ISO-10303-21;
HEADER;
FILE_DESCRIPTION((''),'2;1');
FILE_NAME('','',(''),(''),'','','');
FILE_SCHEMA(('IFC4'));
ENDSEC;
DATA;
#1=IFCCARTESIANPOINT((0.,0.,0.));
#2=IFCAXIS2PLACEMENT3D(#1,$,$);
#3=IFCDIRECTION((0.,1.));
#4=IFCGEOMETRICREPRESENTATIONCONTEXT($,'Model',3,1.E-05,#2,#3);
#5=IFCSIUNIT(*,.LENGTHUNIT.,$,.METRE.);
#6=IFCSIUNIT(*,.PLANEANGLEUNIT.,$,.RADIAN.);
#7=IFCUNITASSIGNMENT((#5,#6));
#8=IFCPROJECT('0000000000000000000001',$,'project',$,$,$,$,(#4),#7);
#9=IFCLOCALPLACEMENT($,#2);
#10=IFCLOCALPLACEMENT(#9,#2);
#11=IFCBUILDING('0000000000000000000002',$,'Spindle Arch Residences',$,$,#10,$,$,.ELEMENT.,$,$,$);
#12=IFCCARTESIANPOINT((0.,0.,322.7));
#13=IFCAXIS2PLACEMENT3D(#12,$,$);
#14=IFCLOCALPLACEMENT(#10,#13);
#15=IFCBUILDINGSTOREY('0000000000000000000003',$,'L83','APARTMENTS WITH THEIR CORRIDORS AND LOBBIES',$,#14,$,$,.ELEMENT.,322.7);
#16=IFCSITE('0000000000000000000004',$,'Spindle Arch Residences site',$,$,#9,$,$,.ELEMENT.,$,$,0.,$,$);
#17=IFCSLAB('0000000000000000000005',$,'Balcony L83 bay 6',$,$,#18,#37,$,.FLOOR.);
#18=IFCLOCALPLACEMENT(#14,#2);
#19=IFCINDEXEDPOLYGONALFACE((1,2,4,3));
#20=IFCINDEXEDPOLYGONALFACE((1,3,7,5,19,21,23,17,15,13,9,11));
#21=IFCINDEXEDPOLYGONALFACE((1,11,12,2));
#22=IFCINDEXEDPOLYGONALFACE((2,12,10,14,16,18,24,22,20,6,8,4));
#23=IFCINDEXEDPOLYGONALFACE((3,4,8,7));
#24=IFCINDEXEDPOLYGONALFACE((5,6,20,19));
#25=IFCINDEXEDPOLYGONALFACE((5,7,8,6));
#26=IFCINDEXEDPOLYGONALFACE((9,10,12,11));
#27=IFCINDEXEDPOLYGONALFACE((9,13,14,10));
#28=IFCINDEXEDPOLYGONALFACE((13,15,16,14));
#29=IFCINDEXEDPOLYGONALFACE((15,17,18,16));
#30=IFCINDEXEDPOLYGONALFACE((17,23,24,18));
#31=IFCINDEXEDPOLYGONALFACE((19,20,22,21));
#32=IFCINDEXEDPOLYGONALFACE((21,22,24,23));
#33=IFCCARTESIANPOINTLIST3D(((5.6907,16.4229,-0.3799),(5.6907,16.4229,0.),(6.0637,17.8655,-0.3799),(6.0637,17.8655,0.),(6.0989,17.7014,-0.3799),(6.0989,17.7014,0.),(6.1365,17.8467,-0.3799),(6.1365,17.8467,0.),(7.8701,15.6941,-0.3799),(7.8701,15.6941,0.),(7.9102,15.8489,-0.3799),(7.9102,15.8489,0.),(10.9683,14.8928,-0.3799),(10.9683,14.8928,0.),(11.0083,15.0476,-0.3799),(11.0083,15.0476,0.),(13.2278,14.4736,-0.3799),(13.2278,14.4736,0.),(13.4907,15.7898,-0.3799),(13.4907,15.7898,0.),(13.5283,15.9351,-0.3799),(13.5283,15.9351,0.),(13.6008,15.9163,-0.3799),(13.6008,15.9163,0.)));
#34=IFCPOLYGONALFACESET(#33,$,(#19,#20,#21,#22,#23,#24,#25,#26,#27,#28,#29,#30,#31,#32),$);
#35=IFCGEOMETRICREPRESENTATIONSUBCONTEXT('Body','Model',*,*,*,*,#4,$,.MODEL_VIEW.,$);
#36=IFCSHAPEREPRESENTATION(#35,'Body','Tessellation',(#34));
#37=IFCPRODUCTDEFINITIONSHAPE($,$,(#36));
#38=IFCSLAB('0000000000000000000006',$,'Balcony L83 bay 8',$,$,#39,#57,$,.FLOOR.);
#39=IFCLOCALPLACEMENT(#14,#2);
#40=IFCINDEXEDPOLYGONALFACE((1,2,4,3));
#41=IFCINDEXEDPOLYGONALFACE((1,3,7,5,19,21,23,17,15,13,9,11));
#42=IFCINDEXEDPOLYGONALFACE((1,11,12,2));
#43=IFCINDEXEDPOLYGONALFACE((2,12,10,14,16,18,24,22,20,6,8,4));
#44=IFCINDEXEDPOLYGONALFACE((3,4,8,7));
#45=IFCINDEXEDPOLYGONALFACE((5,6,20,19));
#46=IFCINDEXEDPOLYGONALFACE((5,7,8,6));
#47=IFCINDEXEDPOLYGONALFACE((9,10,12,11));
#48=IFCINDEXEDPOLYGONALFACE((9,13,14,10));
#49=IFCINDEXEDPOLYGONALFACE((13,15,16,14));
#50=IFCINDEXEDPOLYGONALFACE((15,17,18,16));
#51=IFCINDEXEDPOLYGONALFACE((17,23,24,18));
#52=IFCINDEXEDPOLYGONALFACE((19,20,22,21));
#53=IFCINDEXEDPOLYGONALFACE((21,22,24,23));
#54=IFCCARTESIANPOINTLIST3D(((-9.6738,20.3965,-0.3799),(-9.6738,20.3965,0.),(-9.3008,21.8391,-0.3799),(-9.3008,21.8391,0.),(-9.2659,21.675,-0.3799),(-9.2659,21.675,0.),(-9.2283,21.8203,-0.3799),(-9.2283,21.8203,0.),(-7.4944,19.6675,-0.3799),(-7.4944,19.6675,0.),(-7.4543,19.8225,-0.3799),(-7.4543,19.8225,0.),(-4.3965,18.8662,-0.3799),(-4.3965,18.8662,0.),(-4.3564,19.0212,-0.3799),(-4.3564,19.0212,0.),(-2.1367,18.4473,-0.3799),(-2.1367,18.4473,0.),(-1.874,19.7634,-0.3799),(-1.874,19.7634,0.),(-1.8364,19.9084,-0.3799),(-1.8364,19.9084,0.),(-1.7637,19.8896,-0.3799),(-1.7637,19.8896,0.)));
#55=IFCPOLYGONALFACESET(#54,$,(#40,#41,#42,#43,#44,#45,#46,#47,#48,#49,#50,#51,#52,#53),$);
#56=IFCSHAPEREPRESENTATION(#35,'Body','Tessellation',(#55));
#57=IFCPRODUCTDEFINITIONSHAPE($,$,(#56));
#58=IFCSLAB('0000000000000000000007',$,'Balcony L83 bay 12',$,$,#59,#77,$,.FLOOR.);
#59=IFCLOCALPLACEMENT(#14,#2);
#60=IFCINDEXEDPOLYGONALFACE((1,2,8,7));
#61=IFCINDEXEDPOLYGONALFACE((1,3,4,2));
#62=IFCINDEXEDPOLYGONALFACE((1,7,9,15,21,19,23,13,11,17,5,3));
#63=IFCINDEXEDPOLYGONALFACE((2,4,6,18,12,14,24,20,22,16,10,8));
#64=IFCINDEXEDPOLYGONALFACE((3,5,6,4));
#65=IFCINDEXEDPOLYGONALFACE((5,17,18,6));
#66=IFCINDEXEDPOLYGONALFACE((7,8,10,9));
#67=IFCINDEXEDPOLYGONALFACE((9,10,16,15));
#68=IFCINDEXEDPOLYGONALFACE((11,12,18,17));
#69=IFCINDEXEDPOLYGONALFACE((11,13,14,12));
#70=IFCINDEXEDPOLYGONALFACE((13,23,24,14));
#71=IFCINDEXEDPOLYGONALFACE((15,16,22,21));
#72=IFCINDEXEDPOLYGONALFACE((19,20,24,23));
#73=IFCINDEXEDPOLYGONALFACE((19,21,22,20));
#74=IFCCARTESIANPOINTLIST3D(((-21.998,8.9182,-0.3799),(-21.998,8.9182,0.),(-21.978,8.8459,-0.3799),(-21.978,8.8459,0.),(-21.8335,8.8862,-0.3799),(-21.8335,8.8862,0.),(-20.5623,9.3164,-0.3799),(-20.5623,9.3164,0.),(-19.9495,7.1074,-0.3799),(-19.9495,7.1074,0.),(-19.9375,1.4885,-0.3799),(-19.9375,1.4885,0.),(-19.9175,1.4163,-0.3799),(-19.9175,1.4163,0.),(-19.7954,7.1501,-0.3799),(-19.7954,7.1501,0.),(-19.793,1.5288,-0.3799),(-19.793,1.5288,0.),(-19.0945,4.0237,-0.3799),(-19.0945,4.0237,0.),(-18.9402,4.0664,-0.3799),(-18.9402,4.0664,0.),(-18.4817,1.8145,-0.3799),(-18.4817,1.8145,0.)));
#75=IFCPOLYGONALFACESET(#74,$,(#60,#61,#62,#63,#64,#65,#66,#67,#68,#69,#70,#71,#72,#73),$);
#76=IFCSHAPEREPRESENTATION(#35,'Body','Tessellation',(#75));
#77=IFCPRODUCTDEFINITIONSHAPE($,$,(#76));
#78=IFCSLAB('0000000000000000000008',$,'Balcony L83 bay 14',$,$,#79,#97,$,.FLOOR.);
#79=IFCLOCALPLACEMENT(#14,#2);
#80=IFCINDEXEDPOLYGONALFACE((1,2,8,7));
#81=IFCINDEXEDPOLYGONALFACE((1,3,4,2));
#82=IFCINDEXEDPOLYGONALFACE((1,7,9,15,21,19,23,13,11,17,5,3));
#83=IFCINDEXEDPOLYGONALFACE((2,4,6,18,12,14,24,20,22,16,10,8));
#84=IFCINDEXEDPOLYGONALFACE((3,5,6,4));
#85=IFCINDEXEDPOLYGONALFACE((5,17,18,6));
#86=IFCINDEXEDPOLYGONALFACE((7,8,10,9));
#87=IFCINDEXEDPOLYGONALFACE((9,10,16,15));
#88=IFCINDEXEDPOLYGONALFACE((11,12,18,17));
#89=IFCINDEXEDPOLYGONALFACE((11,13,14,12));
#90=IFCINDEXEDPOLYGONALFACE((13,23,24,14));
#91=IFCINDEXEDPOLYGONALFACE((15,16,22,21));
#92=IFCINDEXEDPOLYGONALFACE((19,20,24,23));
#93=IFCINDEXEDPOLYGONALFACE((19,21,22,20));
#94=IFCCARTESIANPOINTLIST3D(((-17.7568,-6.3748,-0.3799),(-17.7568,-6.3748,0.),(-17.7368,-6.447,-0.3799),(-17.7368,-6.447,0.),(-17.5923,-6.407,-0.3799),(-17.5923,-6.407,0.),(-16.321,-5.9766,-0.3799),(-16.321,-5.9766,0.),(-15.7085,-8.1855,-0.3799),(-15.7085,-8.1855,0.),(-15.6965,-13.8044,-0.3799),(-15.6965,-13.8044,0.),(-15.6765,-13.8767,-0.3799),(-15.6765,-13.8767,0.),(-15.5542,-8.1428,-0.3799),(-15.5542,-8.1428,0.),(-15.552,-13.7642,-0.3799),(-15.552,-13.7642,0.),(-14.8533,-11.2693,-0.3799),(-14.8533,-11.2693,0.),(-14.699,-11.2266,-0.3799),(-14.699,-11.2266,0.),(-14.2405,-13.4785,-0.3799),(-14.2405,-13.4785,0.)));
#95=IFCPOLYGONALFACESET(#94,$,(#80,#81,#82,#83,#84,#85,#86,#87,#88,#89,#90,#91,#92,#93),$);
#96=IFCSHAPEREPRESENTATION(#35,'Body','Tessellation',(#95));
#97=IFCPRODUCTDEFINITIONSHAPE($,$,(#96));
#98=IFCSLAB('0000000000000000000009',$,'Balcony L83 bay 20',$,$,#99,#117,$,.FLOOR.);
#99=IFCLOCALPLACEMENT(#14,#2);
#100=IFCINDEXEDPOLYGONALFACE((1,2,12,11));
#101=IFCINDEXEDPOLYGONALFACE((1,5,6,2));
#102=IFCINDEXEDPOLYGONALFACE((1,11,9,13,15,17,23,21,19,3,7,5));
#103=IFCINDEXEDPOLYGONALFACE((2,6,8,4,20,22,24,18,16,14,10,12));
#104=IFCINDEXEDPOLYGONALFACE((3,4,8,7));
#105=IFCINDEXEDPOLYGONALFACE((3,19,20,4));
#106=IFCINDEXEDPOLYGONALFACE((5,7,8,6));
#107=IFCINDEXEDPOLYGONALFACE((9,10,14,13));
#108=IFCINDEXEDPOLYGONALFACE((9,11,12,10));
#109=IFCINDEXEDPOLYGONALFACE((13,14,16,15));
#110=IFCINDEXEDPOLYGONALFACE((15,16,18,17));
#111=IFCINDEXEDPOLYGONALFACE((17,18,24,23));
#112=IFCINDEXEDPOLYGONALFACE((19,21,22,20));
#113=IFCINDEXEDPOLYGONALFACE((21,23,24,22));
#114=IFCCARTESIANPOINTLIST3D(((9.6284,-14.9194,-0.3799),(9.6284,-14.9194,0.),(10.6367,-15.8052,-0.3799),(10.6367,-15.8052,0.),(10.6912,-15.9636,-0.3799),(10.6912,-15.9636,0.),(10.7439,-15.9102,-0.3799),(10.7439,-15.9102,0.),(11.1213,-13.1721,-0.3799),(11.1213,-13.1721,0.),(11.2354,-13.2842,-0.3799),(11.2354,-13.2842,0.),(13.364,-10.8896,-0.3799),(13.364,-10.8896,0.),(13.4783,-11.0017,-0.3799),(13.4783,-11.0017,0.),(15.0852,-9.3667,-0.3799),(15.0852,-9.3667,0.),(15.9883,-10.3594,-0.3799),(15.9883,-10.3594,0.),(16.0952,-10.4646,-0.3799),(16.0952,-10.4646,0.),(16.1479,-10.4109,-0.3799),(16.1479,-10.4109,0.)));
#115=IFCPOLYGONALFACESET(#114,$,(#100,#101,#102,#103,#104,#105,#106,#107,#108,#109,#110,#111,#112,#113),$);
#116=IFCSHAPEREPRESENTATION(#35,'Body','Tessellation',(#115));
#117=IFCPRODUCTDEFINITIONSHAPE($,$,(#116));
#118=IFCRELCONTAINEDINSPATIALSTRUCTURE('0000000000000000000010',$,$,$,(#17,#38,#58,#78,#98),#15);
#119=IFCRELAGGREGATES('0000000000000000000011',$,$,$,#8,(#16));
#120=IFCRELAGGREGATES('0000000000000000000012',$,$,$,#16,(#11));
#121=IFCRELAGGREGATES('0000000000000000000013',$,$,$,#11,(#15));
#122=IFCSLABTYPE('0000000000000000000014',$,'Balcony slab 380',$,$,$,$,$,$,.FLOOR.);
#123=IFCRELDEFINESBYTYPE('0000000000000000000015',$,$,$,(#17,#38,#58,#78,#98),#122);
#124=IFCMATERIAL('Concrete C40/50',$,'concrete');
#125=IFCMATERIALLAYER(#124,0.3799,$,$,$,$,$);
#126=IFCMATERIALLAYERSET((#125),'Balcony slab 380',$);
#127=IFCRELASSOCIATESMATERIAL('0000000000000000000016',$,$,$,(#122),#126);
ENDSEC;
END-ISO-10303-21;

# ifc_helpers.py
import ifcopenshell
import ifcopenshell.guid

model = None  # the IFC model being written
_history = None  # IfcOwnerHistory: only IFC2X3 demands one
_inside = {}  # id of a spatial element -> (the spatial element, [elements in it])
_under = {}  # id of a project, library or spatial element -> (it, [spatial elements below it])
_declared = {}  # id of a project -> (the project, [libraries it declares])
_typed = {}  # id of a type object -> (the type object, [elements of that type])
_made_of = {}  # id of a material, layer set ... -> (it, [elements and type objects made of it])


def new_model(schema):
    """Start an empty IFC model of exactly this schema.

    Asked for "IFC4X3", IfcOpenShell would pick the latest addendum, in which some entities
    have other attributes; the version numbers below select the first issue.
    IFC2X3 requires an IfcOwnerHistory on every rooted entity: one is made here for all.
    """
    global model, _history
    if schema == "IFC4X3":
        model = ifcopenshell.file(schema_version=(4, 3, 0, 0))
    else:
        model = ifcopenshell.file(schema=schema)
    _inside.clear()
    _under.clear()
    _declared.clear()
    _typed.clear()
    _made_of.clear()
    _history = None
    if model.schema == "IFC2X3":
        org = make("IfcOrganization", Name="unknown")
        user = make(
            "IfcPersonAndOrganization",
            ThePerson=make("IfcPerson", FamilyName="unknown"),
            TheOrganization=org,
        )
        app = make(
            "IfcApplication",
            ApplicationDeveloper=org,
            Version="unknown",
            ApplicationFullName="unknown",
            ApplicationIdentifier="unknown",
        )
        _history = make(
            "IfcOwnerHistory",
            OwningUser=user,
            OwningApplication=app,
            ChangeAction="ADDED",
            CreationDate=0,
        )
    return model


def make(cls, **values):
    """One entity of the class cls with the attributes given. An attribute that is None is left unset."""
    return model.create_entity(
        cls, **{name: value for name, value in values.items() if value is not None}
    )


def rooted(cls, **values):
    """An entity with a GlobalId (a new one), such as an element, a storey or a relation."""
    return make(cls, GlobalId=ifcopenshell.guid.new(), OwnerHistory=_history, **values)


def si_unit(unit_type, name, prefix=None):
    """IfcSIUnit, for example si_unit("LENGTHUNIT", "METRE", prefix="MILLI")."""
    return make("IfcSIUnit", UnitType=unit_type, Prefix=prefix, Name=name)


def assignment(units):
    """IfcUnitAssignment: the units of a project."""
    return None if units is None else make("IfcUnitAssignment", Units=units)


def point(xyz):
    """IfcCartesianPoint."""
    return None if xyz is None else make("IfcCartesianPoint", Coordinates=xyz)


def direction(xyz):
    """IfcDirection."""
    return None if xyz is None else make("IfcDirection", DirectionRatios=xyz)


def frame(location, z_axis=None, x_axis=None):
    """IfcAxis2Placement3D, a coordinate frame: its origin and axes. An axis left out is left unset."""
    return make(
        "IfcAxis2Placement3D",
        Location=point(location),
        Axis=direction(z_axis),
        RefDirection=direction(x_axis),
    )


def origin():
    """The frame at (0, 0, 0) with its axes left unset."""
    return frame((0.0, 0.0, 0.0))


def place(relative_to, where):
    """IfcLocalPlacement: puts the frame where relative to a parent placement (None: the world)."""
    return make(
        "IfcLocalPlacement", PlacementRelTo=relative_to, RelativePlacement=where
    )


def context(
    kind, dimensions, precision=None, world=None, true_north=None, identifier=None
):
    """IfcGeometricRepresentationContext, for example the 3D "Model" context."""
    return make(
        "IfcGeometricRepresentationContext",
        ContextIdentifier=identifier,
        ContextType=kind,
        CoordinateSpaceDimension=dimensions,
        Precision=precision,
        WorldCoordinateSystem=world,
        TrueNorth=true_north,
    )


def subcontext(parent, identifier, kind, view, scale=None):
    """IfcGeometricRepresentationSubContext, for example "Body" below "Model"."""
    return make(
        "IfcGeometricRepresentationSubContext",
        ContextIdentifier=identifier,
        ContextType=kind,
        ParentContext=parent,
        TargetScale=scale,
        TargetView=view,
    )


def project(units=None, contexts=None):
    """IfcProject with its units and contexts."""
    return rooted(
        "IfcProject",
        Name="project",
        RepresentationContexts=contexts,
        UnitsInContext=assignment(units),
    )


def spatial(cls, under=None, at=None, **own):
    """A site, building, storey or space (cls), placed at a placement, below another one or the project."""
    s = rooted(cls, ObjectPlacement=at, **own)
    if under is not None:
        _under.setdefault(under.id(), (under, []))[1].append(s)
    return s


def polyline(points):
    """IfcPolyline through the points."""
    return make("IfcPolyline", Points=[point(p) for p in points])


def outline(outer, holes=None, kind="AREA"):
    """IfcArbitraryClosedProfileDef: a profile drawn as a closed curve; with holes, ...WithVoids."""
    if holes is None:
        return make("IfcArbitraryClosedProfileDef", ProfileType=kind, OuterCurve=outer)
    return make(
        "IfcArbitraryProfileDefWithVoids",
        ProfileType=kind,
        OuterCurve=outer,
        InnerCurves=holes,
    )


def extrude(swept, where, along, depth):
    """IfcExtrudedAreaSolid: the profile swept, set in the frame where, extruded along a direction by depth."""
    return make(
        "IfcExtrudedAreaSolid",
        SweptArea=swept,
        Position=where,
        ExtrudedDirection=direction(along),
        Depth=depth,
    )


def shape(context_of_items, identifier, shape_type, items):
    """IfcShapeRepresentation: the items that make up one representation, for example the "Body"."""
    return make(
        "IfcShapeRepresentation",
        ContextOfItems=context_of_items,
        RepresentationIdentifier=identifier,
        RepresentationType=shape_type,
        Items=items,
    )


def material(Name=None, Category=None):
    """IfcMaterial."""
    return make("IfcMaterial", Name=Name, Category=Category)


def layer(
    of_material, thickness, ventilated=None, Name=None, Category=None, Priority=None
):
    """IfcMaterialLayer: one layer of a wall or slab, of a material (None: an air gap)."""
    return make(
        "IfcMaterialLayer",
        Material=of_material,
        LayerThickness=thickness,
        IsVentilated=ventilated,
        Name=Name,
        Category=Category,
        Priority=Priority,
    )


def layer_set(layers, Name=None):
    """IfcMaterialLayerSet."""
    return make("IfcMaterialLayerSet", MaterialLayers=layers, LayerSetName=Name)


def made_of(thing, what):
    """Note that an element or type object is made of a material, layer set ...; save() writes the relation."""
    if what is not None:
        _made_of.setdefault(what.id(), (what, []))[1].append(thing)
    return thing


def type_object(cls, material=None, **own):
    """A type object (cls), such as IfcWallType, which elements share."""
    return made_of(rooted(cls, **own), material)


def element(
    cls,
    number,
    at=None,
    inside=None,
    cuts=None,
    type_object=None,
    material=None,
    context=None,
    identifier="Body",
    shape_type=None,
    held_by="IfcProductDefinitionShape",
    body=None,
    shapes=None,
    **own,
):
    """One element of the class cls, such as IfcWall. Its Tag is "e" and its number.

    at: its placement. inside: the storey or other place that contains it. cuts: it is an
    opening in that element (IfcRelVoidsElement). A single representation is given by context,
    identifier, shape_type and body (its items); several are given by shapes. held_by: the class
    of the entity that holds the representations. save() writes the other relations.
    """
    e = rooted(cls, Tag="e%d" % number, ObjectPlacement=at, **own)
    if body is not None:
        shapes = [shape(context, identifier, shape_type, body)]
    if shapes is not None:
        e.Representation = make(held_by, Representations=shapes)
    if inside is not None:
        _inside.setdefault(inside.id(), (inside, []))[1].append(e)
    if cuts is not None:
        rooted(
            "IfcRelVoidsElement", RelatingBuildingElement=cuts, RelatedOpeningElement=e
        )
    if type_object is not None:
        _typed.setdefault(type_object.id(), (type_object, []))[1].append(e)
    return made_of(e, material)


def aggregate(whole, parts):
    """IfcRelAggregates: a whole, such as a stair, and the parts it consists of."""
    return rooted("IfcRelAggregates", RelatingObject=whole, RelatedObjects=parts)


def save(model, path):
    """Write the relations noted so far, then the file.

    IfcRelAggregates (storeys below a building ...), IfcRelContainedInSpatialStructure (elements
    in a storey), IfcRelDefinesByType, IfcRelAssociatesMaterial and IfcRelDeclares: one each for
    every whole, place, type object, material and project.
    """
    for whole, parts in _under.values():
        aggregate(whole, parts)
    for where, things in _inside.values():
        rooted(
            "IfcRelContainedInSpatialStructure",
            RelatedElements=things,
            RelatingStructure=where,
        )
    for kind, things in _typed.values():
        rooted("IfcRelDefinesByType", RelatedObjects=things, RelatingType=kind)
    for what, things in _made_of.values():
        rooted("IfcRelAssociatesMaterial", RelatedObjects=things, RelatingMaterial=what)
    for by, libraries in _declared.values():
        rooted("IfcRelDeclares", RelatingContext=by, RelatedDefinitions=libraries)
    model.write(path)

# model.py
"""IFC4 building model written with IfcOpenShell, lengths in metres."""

from ifc_helpers import new_model, si_unit, direction, frame, origin, place, context, subcontext, project, spatial, polyline, outline, extrude, material, layer, layer_set, type_object, element, save


model = new_model("IFC4")

# Units and contexts
model_context = context("Model", 3, precision=1e-05, world=origin(), true_north=direction((0.0, 1.0)))
body_context = subcontext(model_context, "Body", "Model", "MODEL_VIEW")
ifc_project = project(units=[si_unit("LENGTHUNIT", "METRE"), si_unit("PLANEANGLEUNIT", "RADIAN")], contexts=[model_context])

# Site, building, storey
site_placement = place(None, origin())
site = spatial("IfcSite", under=ifc_project, at=site_placement, Name="Spindle Arch Residences site", CompositionType="ELEMENT", RefElevation=0.0)
building_placement = place(site_placement, origin())
building = spatial("IfcBuilding", under=site, at=building_placement, Name="Spindle Arch Residences", CompositionType="ELEMENT")
storey_placement = place(building_placement, frame((0.0, 0.0, 322.7)))
storey = spatial("IfcBuildingStorey", under=building, at=storey_placement, Name="L83", Description="APARTMENTS WITH THEIR CORRIDORS AND LOBBIES", CompositionType="ELEMENT", Elevation=322.7)

# Slabs
ifc_material_1 = material(Name="Concrete C40/50", Category="concrete")
ifc_layer_1 = layer(ifc_material_1, 0.3799)
ifc_layer_set_1 = layer_set([ifc_layer_1], Name="Balcony slab 380")
slab_type_1 = type_object("IfcSlabType", Name="Balcony slab 380", PredefinedType="FLOOR", material=ifc_layer_set_1)
slab_1_placement = place(storey_placement, frame((0.0, 0.0, -0.3799)))
element("IfcSlab", 1, at=slab_1_placement, inside=storey, type_object=slab_type_1, Name="Balcony L83 bay 6", PredefinedType="FLOOR", context=body_context, shape_type="SweptSolid", body=[
    extrude(outline(polyline([(13.6008, 15.9163), (13.5283, 15.9351), (13.4907, 15.7898), (6.0989, 17.7014), (6.1365, 17.8467), (6.0637, 17.8655), (5.6907, 16.4229), (7.9102, 15.8489), (7.8701, 15.6941), (10.9683, 14.8928), (11.0083, 15.0476), (13.2278, 14.4736), (13.6008, 15.9163)])), origin(), (0.0, 0.0, 1.0), 0.3799),
])
slab_2_placement = place(storey_placement, frame((0.0, 0.0, -0.3799)))
element("IfcSlab", 2, at=slab_2_placement, inside=storey, type_object=slab_type_1, Name="Balcony L83 bay 8", PredefinedType="FLOOR", context=body_context, shape_type="SweptSolid", body=[
    extrude(outline(polyline([(-1.7637, 19.8896), (-1.8364, 19.9084), (-1.874, 19.7634), (-9.2659, 21.675), (-9.2283, 21.8203), (-9.3008, 21.8391), (-9.6738, 20.3965), (-7.4543, 19.8225), (-7.4944, 19.6675), (-4.3965, 18.8662), (-4.3564, 19.0212), (-2.1367, 18.4473), (-1.7637, 19.8896)])), origin(), (0.0, 0.0, 1.0), 0.3799),
])
slab_3_placement = place(storey_placement, frame((0.0, 0.0, -0.3799)))
element("IfcSlab", 3, at=slab_3_placement, inside=storey, type_object=slab_type_1, Name="Balcony L83 bay 12", PredefinedType="FLOOR", context=body_context, shape_type="SweptSolid", body=[
    extrude(outline(polyline([(-21.998, 8.9182), (-21.978, 8.8459), (-21.8335, 8.8862), (-19.793, 1.5288), (-19.9375, 1.4885), (-19.9175, 1.4163), (-18.4817, 1.8145), (-19.0945, 4.0237), (-18.9402, 4.0664), (-19.7954, 7.1501), (-19.9495, 7.1074), (-20.5623, 9.3164), (-21.998, 8.9182)])), origin(), (0.0, 0.0, 1.0), 0.3799),
])
slab_4_placement = place(storey_placement, frame((0.0, 0.0, -0.3799)))
element("IfcSlab", 4, at=slab_4_placement, inside=storey, type_object=slab_type_1, Name="Balcony L83 bay 14", PredefinedType="FLOOR", context=body_context, shape_type="SweptSolid", body=[
    extrude(outline(polyline([(-17.7568, -6.3748), (-17.7368, -6.447), (-17.5923, -6.407), (-15.552, -13.7642), (-15.6965, -13.8044), (-15.6765, -13.8767), (-14.2405, -13.4785), (-14.8533, -11.2693), (-14.699, -11.2266), (-15.5542, -8.1428), (-15.7085, -8.1855), (-16.321, -5.9766), (-17.7568, -6.3748)])), origin(), (0.0, 0.0, 1.0), 0.3799),
])
slab_5_placement = place(storey_placement, frame((0.0, 0.0, -0.3799)))
element("IfcSlab", 5, at=slab_5_placement, inside=storey, type_object=slab_type_1, Name="Balcony L83 bay 20", PredefinedType="FLOOR", context=body_context, shape_type="SweptSolid", body=[
    extrude(outline(polyline([(10.6912, -15.9636), (10.7439, -15.9102), (10.6367, -15.8052), (15.9883, -10.3594), (16.0952, -10.4646), (16.1479, -10.4109), (15.0852, -9.3667), (13.4783, -11.0017), (13.364, -10.8896), (11.1213, -13.1721), (11.2354, -13.2842), (9.6284, -14.9194), (10.6912, -15.9636)])), origin(), (0.0, 0.0, 1.0), 0.3799),
])

save(model, "model.ifc")
